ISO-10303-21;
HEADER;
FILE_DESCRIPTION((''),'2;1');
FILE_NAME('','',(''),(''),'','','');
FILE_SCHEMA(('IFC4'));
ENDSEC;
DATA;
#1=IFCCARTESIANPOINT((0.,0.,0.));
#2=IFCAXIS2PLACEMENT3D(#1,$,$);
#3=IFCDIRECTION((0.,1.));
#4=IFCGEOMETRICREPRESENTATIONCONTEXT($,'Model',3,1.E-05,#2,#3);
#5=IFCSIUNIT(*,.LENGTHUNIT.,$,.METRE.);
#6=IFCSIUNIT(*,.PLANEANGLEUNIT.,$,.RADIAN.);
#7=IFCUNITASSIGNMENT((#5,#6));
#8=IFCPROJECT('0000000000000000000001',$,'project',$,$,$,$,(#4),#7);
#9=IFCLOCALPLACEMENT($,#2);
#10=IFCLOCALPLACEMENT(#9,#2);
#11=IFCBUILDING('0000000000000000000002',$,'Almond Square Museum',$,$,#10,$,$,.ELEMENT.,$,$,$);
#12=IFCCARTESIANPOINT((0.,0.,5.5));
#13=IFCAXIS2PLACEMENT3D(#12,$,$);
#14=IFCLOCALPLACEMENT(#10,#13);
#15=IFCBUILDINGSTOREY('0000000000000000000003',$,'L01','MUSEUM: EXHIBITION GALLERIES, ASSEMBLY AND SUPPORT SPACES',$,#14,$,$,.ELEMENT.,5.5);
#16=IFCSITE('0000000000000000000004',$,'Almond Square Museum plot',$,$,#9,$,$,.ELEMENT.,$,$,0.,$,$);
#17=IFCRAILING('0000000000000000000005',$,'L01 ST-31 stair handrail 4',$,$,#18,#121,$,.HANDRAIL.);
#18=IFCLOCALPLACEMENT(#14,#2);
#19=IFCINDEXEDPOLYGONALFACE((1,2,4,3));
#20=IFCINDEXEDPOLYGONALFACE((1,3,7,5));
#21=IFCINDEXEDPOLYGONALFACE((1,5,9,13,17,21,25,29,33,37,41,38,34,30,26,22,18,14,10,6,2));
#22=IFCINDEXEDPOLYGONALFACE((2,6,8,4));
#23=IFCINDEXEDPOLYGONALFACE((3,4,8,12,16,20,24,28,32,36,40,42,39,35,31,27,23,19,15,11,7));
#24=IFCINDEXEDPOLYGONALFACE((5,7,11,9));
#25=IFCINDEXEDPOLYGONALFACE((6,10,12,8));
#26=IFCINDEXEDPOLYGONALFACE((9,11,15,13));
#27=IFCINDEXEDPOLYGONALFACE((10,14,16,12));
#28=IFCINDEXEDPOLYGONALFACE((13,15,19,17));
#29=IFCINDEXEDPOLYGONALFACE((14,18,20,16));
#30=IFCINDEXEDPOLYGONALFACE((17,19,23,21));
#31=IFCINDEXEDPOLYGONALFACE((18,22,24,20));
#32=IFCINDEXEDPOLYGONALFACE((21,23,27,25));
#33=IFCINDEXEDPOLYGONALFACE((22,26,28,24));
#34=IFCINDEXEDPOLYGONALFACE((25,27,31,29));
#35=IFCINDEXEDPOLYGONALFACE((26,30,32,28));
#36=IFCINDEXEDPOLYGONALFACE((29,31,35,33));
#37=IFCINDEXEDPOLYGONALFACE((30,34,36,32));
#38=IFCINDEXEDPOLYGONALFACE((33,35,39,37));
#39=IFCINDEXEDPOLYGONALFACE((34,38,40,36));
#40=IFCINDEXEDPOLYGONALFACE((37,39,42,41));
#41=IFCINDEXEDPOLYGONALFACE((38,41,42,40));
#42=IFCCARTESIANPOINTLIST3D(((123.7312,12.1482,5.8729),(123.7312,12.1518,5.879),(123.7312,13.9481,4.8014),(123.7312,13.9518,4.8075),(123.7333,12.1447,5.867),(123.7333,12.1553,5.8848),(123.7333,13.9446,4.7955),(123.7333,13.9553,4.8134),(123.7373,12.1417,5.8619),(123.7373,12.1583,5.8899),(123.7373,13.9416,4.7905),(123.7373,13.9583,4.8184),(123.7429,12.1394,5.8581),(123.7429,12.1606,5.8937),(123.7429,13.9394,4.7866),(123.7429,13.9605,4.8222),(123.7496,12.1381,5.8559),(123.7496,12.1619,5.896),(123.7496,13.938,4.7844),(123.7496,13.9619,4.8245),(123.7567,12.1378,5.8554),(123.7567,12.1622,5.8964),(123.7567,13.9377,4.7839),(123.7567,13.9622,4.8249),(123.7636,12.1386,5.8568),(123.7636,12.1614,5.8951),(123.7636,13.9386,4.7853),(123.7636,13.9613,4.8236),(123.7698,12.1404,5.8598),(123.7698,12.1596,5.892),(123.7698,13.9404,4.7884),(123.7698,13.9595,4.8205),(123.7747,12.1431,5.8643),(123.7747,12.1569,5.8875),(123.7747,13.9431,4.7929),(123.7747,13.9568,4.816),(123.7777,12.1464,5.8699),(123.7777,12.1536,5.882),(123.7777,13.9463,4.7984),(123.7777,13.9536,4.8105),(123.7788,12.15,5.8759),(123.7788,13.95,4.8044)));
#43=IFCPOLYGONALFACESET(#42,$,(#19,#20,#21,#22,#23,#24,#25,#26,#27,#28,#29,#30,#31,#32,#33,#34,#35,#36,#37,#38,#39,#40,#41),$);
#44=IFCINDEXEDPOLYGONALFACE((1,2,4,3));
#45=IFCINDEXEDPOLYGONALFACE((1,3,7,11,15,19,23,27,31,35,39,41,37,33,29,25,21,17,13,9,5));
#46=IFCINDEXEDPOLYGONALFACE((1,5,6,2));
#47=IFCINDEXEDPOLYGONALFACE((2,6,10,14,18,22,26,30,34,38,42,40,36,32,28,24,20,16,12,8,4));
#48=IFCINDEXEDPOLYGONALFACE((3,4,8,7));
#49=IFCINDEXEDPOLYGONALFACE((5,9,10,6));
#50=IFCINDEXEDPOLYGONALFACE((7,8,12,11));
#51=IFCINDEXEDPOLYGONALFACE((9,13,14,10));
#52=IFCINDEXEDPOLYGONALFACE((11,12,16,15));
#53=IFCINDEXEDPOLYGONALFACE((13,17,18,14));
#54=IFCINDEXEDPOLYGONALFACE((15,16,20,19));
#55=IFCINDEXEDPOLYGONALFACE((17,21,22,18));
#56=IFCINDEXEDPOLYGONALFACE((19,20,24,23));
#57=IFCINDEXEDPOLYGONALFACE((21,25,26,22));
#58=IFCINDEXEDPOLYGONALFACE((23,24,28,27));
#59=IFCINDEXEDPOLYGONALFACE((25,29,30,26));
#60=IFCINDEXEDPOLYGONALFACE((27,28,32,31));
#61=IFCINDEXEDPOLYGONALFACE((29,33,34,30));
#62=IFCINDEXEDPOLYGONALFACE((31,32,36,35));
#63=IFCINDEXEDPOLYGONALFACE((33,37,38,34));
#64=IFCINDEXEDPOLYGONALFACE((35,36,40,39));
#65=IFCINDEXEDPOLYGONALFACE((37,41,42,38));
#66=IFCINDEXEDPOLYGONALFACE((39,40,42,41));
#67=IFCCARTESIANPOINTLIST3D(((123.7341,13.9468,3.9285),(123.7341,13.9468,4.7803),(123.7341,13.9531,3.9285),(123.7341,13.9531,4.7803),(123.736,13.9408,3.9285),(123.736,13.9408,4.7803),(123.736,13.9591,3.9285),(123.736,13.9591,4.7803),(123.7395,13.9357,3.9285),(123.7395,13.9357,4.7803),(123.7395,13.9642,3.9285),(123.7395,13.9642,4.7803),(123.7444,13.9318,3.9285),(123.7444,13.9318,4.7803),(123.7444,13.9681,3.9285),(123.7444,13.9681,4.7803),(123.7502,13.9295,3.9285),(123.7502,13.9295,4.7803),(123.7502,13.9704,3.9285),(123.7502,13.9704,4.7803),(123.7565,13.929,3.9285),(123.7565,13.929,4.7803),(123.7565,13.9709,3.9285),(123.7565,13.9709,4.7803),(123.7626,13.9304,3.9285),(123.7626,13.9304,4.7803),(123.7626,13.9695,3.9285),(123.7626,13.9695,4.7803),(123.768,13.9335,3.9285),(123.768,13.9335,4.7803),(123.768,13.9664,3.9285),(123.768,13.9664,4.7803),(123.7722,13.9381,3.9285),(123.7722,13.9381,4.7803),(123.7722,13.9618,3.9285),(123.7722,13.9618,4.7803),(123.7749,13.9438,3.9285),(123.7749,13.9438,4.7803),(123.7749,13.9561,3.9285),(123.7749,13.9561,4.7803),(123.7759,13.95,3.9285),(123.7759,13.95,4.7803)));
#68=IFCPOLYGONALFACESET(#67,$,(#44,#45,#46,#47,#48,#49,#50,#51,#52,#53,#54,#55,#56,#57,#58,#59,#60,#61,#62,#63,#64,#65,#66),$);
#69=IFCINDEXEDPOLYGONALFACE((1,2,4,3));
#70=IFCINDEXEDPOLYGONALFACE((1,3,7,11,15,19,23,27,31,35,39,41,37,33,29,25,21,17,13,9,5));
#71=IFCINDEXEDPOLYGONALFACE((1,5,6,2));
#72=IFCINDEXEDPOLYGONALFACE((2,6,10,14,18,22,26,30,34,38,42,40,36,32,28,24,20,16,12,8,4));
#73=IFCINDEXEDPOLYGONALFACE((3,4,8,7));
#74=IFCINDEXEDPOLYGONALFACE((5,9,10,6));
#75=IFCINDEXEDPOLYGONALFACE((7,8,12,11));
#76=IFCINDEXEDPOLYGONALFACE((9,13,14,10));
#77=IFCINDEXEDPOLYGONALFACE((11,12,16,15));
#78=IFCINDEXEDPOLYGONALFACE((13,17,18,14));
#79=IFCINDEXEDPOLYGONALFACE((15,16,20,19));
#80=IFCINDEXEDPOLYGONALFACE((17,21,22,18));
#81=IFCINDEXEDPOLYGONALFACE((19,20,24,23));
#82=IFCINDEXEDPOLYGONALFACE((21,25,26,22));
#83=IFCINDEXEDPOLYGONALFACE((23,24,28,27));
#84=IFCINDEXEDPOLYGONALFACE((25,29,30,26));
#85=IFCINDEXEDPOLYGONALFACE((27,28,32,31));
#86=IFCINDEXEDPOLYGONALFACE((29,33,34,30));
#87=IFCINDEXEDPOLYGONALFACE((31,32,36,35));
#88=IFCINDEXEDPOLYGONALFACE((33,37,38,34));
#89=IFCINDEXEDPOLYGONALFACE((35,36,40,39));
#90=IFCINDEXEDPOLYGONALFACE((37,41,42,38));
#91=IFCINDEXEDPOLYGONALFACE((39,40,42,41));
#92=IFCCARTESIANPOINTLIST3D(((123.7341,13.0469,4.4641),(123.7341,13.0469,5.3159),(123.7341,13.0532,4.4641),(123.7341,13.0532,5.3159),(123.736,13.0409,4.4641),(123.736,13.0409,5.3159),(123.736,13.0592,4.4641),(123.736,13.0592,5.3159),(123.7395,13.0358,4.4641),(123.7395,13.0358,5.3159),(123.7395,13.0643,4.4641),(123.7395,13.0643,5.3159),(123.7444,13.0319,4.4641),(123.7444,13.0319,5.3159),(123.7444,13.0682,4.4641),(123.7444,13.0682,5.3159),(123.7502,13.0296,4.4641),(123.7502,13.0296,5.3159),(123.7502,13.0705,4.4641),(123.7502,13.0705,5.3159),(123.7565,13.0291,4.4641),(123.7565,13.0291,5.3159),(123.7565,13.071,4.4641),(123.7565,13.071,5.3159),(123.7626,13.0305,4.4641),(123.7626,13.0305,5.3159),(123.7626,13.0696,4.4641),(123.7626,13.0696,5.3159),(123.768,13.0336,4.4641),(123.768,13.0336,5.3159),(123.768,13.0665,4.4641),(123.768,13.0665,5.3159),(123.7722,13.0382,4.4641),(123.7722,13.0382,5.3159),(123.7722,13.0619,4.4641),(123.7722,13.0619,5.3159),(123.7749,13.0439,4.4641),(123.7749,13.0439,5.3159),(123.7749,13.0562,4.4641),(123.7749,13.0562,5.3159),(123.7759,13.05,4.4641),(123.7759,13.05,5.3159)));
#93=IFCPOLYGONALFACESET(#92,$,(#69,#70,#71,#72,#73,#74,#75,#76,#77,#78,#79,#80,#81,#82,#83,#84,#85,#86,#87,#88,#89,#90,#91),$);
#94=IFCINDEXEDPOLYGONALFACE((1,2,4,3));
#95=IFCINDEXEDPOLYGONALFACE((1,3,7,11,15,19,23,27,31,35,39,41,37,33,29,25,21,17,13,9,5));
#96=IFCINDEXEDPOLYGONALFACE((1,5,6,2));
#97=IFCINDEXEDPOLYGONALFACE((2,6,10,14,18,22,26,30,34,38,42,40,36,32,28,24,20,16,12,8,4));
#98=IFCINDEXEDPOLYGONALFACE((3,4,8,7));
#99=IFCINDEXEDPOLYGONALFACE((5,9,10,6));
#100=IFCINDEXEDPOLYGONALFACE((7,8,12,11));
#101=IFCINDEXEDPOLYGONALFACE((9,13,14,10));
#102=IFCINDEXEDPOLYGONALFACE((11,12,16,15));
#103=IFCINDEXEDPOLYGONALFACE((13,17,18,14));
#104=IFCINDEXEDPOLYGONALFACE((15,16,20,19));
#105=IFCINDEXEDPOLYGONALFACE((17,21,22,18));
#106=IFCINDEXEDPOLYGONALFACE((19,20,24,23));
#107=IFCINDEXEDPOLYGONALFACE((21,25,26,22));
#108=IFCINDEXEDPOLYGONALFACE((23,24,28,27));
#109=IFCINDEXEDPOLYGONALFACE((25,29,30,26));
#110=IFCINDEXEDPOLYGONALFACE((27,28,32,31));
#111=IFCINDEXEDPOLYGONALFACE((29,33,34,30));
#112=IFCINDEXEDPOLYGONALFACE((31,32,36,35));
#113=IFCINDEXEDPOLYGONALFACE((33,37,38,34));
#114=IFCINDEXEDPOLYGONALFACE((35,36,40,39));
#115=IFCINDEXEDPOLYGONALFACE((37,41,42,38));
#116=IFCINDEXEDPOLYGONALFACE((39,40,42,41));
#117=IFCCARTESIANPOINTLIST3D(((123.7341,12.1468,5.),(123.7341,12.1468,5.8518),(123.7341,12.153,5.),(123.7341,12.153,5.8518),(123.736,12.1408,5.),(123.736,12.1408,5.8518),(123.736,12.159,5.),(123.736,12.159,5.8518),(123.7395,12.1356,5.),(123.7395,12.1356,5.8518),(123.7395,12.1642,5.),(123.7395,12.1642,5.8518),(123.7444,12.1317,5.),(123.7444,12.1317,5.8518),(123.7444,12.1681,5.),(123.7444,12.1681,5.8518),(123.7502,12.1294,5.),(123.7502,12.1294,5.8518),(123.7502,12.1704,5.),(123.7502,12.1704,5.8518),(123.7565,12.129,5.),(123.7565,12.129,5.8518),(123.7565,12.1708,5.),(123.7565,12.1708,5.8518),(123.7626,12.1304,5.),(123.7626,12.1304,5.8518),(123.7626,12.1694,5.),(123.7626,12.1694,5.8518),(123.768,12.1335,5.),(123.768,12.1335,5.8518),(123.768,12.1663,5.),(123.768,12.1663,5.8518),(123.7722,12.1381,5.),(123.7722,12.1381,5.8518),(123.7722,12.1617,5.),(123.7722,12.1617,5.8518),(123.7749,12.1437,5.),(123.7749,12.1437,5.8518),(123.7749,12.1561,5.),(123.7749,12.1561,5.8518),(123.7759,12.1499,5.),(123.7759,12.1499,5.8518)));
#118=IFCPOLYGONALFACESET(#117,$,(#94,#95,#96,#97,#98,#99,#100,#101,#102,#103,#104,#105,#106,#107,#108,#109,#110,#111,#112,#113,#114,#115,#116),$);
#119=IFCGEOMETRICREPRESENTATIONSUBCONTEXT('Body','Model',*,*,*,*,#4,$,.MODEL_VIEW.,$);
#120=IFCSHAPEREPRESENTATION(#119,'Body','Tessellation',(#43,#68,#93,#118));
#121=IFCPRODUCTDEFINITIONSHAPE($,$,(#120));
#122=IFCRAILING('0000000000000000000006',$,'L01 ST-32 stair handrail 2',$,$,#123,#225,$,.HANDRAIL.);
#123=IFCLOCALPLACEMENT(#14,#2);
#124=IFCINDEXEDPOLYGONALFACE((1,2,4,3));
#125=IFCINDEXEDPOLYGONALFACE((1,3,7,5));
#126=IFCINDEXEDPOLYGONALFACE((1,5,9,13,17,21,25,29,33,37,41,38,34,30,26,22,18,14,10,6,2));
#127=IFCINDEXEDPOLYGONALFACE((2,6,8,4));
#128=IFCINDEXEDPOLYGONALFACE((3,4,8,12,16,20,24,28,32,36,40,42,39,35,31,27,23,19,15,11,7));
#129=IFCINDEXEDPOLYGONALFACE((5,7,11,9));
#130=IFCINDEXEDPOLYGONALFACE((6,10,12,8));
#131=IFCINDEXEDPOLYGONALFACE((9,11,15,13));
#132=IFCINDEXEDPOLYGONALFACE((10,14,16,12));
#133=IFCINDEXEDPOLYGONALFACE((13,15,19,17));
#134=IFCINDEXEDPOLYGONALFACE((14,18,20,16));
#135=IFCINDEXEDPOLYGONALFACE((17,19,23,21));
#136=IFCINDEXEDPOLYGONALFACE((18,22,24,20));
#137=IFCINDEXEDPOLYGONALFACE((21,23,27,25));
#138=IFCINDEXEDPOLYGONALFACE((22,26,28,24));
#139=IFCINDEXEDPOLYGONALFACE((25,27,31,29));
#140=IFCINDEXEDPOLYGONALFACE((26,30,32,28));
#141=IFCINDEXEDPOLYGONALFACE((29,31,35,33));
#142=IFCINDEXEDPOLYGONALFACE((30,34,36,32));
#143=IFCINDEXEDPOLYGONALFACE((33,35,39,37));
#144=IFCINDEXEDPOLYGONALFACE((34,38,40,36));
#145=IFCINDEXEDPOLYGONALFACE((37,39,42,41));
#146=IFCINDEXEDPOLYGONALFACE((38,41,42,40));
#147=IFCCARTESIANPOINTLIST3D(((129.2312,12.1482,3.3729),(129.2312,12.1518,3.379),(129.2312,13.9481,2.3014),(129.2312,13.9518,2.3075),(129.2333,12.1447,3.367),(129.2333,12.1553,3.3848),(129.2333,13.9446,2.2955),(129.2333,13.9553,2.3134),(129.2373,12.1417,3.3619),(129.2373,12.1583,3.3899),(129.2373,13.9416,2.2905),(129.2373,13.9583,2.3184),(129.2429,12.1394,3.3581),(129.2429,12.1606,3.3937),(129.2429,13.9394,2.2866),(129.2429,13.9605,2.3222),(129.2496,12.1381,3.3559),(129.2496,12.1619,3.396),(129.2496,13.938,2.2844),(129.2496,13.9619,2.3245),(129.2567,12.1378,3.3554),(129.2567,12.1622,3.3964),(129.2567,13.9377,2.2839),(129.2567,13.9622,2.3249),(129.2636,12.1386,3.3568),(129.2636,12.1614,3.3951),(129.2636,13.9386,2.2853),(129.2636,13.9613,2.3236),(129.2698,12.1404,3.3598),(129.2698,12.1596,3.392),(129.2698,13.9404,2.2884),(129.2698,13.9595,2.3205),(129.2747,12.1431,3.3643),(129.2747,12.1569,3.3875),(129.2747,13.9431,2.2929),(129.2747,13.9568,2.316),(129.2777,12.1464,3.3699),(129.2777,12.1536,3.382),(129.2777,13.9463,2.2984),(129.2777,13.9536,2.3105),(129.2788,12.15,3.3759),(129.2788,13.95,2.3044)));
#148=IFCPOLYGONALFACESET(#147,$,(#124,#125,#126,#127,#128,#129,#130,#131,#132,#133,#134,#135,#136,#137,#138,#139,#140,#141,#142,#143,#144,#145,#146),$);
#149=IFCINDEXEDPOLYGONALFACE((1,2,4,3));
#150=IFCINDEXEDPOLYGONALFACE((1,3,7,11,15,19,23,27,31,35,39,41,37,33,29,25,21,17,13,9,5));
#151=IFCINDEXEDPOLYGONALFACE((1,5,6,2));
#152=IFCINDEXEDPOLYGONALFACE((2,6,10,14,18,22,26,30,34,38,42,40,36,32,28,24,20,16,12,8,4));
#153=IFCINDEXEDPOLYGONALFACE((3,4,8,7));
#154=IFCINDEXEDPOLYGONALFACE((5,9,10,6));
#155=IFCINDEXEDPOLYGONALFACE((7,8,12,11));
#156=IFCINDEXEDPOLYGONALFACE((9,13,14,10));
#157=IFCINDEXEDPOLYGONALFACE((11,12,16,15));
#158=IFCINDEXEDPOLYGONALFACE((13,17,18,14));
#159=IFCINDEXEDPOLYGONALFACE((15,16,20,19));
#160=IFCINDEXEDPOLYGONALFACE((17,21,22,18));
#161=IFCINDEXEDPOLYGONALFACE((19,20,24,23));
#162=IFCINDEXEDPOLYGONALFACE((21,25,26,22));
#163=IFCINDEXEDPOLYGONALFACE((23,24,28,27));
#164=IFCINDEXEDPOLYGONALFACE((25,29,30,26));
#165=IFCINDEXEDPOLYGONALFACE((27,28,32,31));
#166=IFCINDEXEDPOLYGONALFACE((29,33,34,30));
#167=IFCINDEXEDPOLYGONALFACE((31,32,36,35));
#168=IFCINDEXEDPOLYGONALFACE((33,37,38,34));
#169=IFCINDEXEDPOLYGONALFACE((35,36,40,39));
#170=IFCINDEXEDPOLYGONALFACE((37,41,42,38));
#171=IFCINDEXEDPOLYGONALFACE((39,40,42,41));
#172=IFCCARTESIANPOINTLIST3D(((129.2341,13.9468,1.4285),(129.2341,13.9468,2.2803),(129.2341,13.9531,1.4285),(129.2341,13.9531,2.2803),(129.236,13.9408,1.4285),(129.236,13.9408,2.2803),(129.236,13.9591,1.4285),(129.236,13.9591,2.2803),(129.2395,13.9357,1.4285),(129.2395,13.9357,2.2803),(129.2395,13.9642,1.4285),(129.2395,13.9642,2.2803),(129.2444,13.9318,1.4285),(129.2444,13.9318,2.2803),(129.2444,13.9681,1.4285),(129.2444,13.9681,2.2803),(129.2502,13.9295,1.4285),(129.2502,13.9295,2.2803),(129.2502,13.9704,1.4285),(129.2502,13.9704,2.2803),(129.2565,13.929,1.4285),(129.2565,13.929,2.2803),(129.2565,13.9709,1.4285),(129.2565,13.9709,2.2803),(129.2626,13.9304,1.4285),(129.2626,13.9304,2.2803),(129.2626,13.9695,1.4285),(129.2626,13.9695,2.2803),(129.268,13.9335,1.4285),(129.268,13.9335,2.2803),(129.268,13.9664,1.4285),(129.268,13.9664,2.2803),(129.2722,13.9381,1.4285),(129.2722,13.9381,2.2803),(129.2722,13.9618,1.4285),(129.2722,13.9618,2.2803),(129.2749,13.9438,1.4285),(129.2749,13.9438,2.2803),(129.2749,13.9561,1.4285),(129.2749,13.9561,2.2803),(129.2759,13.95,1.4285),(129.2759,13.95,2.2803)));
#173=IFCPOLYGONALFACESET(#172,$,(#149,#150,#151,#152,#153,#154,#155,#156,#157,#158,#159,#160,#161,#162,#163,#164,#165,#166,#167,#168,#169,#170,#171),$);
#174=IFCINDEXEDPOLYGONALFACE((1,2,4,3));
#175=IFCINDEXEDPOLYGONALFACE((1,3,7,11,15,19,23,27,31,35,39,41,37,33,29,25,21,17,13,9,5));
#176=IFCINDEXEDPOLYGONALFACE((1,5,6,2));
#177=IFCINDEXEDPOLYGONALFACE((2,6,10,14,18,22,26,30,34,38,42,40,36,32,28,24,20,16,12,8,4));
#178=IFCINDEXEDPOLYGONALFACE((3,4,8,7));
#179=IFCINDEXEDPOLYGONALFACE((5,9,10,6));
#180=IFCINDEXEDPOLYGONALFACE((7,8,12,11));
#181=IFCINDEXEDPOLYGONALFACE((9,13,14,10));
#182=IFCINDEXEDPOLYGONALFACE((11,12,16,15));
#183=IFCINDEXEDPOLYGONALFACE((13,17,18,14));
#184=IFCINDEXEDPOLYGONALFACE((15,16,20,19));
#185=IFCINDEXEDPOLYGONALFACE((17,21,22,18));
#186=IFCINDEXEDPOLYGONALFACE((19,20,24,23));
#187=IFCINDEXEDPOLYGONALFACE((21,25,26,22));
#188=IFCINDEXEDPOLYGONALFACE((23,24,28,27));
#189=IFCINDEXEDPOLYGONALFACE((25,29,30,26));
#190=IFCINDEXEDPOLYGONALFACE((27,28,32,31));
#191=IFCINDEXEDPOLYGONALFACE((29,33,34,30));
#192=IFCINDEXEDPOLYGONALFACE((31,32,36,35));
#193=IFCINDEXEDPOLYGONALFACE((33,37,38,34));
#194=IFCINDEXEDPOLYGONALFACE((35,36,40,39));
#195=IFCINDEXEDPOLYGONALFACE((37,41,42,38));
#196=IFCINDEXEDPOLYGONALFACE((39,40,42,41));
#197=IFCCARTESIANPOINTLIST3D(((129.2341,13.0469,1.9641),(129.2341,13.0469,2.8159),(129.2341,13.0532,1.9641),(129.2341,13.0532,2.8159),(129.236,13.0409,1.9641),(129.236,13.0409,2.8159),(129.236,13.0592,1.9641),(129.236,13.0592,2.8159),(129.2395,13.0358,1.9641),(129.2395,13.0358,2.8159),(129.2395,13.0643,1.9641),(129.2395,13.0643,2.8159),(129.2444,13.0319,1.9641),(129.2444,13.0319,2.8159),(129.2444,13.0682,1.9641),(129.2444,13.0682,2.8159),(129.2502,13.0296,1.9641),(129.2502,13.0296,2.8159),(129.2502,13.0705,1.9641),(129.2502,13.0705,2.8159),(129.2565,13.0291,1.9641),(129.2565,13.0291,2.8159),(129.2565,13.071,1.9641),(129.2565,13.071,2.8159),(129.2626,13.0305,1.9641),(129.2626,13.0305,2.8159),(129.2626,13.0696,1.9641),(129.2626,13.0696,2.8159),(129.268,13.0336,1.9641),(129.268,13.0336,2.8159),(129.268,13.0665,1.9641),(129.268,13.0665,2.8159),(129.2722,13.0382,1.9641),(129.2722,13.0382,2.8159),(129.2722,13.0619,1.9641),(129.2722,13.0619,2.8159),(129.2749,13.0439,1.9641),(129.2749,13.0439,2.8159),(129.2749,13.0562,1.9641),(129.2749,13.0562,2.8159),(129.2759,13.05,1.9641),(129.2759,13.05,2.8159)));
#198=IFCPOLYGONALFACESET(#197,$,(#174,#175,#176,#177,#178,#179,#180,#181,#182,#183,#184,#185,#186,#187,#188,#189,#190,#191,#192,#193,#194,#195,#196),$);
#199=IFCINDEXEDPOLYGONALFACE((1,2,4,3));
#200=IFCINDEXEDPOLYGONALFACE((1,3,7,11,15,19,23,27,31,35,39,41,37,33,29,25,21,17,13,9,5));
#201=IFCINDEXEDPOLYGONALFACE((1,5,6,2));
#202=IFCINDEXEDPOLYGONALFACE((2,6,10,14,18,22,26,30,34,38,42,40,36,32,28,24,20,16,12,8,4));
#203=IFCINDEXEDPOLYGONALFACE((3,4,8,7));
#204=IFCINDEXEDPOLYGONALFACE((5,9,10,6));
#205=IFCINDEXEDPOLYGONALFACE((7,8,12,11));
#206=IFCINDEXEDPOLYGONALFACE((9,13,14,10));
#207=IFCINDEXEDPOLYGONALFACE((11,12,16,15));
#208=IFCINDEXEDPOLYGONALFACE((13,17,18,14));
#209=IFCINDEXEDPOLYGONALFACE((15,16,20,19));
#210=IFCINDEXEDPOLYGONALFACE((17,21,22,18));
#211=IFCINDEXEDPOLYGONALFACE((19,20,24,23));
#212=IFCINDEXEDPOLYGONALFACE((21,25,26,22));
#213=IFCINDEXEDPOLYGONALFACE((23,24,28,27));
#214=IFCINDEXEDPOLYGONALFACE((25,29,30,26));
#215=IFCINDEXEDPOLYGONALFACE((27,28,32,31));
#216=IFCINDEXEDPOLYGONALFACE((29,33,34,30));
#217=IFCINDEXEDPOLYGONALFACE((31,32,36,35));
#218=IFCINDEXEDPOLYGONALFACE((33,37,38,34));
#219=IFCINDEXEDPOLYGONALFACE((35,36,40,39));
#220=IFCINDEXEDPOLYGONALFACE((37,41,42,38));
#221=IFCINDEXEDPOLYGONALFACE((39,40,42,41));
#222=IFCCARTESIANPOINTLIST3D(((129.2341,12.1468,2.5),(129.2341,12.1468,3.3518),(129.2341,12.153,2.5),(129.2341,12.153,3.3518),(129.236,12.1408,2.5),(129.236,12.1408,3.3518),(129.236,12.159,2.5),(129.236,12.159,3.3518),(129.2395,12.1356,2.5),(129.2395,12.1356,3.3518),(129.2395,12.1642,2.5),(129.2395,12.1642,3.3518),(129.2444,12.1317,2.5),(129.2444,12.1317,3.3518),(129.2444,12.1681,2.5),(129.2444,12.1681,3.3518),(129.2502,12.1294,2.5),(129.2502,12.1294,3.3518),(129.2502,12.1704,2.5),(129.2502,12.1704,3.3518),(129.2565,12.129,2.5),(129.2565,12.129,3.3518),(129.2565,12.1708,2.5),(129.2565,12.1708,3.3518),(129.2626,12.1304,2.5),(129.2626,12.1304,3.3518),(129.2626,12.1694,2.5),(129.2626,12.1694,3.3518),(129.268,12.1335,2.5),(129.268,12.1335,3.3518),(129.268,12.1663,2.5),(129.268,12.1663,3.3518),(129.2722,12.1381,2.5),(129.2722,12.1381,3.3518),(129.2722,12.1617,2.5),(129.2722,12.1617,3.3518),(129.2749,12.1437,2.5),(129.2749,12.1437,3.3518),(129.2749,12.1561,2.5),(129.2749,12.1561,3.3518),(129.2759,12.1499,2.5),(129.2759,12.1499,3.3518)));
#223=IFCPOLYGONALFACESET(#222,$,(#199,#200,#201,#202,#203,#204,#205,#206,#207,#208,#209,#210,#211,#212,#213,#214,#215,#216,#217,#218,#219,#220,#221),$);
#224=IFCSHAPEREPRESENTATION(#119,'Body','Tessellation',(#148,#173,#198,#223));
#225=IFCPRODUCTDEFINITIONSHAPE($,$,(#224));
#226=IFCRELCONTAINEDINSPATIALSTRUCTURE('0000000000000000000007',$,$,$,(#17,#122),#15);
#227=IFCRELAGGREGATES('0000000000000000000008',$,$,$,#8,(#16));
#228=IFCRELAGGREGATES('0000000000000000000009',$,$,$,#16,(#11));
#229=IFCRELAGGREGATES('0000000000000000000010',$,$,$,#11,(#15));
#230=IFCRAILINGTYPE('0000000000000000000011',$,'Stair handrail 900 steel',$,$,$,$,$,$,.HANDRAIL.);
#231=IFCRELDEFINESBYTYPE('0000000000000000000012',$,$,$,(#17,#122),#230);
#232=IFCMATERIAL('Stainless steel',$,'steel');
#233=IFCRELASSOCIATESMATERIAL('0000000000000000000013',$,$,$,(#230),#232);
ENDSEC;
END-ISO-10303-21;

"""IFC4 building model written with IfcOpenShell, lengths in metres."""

from ifc_helpers import new_model, si_unit, direction, frame, origin, origin_2d, place, context, subcontext, project, spatial, circle, extrude, material, type_object, element, save


model = new_model("IFC4")

# Units and contexts
model_context = context("Model", 3, precision=1e-05, world=origin(), true_north=direction((0.0, 1.0)))
body_context = subcontext(model_context, "Body", "Model", "MODEL_VIEW")
ifc_project = project(units=[si_unit("LENGTHUNIT", "METRE"), si_unit("PLANEANGLEUNIT", "RADIAN")], contexts=[model_context])

# Site, building, storey
site_placement = place(None, origin())
site = spatial("IfcSite", under=ifc_project, at=site_placement, Name="Almond Square Museum plot", CompositionType="ELEMENT", RefElevation=0.0)
building_placement = place(site_placement, origin())
building = spatial("IfcBuilding", under=site, at=building_placement, Name="Almond Square Museum", CompositionType="ELEMENT")
storey_placement = place(building_placement, frame((0.0, 0.0, 5.5)))
storey = spatial("IfcBuildingStorey", under=building, at=storey_placement, Name="L01", Description="MUSEUM: EXHIBITION GALLERIES, ASSEMBLY AND SUPPORT SPACES", CompositionType="ELEMENT", Elevation=5.5)

# Railings
ifc_material_1 = material(Name="Stainless steel", Category="steel")
railing_type_1 = type_object("IfcRailingType", Name="Stair handrail 900 steel", PredefinedType="HANDRAIL", material=ifc_material_1)
for number, where, name in (
    (1, (123.7549, 13.95, 3.9285), "L01 ST-31 stair handrail 4"),
    (2, (129.2549, 13.95, 1.4285), "L01 ST-32 stair handrail 2"),
):
    element("IfcRailing", number, at=place(storey_placement, frame(where)), inside=storey, type_object=railing_type_1, Name=name, PredefinedType="HANDRAIL", context=body_context, shape_type="SweptSolid", body=[
        extrude(circle(Radius=0.0239, at=origin_2d()), frame((0.0, 0.0, 0.876), z_axis=(0.0, -0.859277, 0.51151), x_axis=(1.0, 0.0, 0.0)), (0.0, 0.0, 1.0), 2.0947),
        extrude(circle(Radius=0.021, at=origin_2d()), origin(), (0.0, 0.0, 1.0), 0.8518),
        extrude(circle(Radius=0.021, at=origin_2d()), frame((0.0, -0.8999, 0.5356)), (0.0, 0.0, 1.0), 0.8518),
        extrude(circle(Radius=0.021, at=origin_2d()), frame((0.0, -1.8, 1.0715)), (0.0, 0.0, 1.0), 0.8518),
    ])

save(model, "model.ifc")
